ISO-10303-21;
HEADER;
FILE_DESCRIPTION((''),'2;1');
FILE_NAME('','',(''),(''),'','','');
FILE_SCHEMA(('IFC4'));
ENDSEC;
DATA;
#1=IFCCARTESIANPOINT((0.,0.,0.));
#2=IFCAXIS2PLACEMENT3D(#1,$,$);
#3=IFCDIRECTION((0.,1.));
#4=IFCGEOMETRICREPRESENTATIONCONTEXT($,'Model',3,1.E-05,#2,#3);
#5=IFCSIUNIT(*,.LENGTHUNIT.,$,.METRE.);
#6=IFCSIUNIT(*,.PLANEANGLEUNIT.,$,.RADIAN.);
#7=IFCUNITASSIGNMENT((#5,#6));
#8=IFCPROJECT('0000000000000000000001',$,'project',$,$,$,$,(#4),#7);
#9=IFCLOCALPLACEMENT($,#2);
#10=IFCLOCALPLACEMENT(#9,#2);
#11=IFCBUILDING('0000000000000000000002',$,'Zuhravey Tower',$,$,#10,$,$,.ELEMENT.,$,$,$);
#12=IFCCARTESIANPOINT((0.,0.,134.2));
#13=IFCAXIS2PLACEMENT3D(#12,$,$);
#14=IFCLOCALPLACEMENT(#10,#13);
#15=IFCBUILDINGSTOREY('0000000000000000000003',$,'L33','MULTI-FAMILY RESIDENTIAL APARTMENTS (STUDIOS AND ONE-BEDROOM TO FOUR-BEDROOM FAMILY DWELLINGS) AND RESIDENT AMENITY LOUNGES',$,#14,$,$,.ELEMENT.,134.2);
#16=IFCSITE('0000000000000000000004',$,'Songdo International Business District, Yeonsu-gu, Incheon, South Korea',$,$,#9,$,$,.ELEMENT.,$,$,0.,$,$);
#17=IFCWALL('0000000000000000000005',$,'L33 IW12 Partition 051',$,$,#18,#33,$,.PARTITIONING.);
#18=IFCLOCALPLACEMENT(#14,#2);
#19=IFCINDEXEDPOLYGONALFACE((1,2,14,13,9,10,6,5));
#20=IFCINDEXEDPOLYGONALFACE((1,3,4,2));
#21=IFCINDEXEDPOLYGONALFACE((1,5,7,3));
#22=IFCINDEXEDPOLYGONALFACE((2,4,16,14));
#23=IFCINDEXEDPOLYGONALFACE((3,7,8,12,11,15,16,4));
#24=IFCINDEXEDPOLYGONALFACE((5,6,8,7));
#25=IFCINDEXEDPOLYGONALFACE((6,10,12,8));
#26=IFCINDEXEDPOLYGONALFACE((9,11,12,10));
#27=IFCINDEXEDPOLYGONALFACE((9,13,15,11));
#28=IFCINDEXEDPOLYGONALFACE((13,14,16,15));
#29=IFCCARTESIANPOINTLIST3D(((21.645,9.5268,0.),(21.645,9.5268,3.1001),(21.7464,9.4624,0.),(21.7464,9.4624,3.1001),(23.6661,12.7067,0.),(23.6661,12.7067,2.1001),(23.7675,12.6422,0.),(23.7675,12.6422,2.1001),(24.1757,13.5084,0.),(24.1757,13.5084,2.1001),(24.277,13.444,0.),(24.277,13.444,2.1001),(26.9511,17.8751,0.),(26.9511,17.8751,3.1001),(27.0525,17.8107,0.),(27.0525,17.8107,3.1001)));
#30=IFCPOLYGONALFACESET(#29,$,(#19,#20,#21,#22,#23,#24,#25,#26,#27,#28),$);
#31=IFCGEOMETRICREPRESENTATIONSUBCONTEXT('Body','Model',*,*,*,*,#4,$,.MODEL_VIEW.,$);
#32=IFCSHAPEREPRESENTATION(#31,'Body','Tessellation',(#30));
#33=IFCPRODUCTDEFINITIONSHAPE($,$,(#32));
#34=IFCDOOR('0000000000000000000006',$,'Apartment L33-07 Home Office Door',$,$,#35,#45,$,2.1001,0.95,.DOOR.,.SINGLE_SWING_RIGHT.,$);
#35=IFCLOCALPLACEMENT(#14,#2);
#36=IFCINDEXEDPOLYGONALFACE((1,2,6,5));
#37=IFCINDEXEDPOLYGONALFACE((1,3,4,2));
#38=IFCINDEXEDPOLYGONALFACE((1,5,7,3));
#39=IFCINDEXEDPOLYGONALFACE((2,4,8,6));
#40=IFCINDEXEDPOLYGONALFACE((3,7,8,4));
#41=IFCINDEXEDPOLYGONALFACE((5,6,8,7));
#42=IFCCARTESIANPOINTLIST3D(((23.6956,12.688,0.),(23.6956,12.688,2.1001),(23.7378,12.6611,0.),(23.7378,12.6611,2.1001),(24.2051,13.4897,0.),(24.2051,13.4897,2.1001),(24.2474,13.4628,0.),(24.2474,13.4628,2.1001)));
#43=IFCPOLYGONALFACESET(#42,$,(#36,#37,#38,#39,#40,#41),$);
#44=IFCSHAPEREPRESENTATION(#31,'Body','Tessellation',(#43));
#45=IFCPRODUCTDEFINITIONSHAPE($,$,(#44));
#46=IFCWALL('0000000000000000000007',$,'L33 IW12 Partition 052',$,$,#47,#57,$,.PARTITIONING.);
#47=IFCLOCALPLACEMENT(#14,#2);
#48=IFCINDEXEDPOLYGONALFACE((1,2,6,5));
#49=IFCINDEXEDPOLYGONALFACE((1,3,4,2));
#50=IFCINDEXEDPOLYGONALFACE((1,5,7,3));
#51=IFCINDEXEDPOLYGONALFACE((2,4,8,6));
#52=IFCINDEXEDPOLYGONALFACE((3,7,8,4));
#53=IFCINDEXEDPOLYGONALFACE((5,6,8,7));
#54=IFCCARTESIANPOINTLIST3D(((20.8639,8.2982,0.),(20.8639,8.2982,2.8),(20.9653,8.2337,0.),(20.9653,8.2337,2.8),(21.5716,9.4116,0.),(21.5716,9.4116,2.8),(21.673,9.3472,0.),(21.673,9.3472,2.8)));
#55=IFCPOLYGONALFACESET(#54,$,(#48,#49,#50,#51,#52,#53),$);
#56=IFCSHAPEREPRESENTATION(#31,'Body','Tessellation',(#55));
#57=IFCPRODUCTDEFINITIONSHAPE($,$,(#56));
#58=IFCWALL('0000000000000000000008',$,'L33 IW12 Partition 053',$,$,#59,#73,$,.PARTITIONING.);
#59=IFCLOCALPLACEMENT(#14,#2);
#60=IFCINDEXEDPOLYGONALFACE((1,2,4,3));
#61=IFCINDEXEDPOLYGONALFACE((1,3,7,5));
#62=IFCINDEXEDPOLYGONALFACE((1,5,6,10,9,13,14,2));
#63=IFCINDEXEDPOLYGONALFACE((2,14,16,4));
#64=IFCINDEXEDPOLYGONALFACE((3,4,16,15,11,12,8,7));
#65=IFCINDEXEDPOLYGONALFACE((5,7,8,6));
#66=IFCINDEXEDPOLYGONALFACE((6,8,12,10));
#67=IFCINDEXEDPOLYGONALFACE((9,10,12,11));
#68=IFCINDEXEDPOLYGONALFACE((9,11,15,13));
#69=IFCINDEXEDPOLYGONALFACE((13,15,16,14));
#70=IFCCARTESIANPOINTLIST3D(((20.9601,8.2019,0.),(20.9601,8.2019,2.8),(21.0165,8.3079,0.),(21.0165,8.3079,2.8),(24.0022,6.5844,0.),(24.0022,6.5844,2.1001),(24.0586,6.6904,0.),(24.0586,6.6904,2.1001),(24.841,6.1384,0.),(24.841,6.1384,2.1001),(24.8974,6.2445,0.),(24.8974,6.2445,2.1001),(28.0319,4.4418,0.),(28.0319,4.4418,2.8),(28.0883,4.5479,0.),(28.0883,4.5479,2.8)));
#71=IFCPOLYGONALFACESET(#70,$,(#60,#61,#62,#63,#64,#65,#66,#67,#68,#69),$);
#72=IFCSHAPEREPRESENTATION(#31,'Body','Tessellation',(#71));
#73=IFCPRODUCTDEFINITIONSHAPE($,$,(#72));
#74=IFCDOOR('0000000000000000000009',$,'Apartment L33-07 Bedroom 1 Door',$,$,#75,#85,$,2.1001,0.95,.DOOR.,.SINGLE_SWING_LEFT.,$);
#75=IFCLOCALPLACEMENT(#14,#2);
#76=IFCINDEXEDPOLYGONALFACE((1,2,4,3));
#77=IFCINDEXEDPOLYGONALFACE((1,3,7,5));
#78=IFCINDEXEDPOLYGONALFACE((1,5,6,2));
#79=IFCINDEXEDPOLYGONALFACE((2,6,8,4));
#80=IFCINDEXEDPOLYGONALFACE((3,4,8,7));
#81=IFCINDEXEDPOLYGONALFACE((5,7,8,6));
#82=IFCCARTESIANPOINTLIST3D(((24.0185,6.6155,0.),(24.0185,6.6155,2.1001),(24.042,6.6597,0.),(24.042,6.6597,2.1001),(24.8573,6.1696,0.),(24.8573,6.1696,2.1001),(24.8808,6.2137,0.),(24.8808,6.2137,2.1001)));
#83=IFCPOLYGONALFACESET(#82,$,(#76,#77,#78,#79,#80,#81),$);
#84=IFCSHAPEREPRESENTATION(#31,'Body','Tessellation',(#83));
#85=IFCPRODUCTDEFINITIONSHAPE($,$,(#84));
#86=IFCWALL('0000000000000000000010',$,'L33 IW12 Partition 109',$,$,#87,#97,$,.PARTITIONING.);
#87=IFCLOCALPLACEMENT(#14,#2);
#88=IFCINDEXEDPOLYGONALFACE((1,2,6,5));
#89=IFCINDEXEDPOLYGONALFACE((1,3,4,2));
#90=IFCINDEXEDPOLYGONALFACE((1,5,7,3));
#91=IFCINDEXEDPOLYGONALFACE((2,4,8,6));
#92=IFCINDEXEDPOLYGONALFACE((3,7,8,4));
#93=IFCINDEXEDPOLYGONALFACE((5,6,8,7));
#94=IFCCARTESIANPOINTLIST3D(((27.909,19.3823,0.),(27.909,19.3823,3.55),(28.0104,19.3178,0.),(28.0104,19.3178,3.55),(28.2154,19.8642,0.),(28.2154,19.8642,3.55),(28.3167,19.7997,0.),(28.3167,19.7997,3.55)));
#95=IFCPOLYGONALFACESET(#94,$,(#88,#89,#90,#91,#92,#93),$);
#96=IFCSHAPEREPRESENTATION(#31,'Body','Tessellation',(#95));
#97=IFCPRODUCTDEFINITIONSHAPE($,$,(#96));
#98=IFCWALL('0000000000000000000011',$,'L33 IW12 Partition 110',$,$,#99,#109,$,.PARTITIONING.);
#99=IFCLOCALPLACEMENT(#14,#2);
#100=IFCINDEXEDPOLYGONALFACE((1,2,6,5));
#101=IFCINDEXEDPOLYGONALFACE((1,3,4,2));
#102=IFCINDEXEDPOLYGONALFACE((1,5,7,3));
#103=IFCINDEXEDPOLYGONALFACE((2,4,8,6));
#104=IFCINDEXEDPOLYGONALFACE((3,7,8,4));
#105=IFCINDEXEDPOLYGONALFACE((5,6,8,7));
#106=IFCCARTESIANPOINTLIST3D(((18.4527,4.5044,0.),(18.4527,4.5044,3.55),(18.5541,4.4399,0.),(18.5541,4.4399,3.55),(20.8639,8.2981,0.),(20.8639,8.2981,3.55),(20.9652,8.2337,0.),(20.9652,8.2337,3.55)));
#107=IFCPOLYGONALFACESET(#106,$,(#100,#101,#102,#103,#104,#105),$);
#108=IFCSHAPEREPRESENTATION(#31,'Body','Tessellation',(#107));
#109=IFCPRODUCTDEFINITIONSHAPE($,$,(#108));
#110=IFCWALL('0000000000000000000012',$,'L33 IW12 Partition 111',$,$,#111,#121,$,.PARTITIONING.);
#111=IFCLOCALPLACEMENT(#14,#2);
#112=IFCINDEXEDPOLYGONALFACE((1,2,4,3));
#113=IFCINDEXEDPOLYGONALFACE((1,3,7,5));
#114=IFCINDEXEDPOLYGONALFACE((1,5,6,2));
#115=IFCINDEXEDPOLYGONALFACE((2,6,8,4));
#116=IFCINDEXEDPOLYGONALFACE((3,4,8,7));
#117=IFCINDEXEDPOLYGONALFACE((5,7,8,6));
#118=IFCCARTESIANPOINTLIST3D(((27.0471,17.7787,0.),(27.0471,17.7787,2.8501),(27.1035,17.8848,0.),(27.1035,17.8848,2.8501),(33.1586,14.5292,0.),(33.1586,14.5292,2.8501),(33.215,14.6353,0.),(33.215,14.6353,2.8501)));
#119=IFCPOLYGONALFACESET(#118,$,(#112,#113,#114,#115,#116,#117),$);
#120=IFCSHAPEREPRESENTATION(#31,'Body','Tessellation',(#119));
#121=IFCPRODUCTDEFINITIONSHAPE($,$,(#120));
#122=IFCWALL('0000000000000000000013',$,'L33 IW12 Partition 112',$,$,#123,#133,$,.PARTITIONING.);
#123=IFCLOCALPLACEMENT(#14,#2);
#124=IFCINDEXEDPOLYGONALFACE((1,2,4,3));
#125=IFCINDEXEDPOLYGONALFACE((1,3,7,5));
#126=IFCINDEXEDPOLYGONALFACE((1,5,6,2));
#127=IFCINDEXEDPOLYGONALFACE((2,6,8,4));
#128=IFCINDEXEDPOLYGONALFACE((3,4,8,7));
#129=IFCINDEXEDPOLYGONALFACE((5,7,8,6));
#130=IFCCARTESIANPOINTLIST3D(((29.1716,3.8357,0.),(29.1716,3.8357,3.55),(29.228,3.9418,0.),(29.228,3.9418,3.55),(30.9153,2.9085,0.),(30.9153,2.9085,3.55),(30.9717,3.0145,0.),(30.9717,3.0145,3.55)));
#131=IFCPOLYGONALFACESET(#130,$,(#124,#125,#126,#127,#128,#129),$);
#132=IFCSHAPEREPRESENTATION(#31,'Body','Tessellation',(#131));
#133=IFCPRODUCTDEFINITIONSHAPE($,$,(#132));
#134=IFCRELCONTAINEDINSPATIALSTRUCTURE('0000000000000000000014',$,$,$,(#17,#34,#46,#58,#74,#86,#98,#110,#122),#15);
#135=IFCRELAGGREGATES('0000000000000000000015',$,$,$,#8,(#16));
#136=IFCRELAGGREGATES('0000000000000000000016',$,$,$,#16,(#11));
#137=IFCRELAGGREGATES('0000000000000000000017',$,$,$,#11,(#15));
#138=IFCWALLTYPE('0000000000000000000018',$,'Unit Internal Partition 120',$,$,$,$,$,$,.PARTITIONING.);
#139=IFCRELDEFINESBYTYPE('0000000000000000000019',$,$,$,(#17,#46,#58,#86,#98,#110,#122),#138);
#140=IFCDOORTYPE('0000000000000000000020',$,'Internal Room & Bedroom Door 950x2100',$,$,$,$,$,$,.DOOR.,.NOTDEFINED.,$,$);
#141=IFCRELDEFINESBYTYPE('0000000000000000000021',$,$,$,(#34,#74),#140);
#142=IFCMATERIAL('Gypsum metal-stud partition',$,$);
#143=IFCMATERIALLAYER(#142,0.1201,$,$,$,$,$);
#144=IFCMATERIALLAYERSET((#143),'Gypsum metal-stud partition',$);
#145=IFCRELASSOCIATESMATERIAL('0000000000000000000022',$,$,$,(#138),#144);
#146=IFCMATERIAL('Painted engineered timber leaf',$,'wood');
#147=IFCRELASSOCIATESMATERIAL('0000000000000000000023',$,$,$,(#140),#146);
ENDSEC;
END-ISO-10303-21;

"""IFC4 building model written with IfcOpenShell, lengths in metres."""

from ifc_helpers import new_model, si_unit, direction, frame, frame_2d, origin, place, context, subcontext, project, spatial, rectangle, extrude, material, layer, layer_set, type_object, element, fill, save


model = new_model("IFC4")

# Units and contexts
model_context = context("Model", 3, precision=1e-05, world=origin(), true_north=direction((0.0, 1.0)))
body_context = subcontext(model_context, "Body", "Model", "MODEL_VIEW")
ifc_project = project(units=[si_unit("LENGTHUNIT", "METRE"), si_unit("PLANEANGLEUNIT", "RADIAN")], contexts=[model_context])

# Site, building, storey
site_placement = place(None, origin())
site = spatial("IfcSite", under=ifc_project, at=site_placement, Name="Songdo International Business District, Yeonsu-gu, Incheon, South Korea", CompositionType="ELEMENT", RefElevation=0.0)
building_placement = place(site_placement, origin())
building = spatial("IfcBuilding", under=site, at=building_placement, Name="Zuhravey Tower", CompositionType="ELEMENT")
storey_placement = place(building_placement, frame((0.0, 0.0, 134.2)))
storey = spatial("IfcBuildingStorey", under=building, at=storey_placement, Name="L33", Description="MULTI-FAMILY RESIDENTIAL APARTMENTS (STUDIOS AND ONE-BEDROOM TO FOUR-BEDROOM FAMILY DWELLINGS) AND RESIDENT AMENITY LOUNGES", CompositionType="ELEMENT", Elevation=134.2)

# Wall, opening, door
ifc_material_1 = material(Name="Gypsum metal-stud partition")
ifc_layer_1 = layer(ifc_material_1, 0.1201)
ifc_layer_set_1 = layer_set([ifc_layer_1], Name="Gypsum metal-stud partition")
wall_type_1 = type_object("IfcWallType", Name="Unit Internal Partition 120", PredefinedType="PARTITIONING", material=ifc_layer_set_1)
wall_1_placement = place(storey_placement, frame((27.0017, 17.8428, 0.0), z_axis=(0.0, 0.0, 1.0), x_axis=(-0.536411, -0.843957, 0.0)))
wall_1 = element("IfcWall", 1, at=wall_1_placement, inside=storey, type_object=wall_type_1, Name="L33 IW12 Partition 051", PredefinedType="PARTITIONING", context=body_context, shape_type="SweptSolid", body=[
    extrude(rectangle(XDim=9.8918, YDim=0.1201, at=frame_2d((4.9458, 0.0))), origin(), (0.0, 0.0, 1.0), 3.1001),
])
opening_1_placement = place(wall_1_placement, frame((5.1738, 0.0, 0.0)))
opening_1 = element("IfcOpeningElement", 2, at=opening_1_placement, cuts=wall_1, PredefinedType="OPENING", context=body_context, shape_type="SweptSolid", body=[
    extrude(rectangle(XDim=0.95, YDim=2.1001, at=frame_2d((0.4751, 1.05))), frame((0.0, 0.072, 0.0), z_axis=(0.0, -1.0, 0.0), x_axis=(1.0, 0.0, 0.0)), (0.0, 0.0, 1.0), 0.144),
])
ifc_material_2 = material(Name="Painted engineered timber leaf", Category="wood")
door_type_1 = type_object("IfcDoorType", Name="Internal Room & Bedroom Door 950x2100", OperationType="NOTDEFINED", PredefinedType="DOOR", material=ifc_material_2)
door_1_placement = place(opening_1_placement, origin())
door_1 = element("IfcDoor", 3, at=door_1_placement, inside=storey, type_object=door_type_1, Name="Apartment L33-07 Home Office Door", OperationType="SINGLE_SWING_RIGHT", OverallHeight=2.1001, OverallWidth=0.95, PredefinedType="DOOR", context=body_context, shape_type="SweptSolid", body=[
    extrude(rectangle(XDim=0.95, YDim=2.1001, at=frame_2d((0.4751, 1.05))), frame((0.0, 0.0249, 0.0), z_axis=(0.0, -1.0, 0.0), x_axis=(1.0, 0.0, 0.0)), (0.0, 0.0, 1.0), 0.05),
])
fill(opening_1, door_1)

# Wall
wall_2_placement = place(storey_placement, frame((21.6223, 9.3794, 0.0), z_axis=(0.0, 0.0, 1.0), x_axis=(-0.53642, -0.843951, 0.0)))
element("IfcWall", 4, at=wall_2_placement, inside=storey, type_object=wall_type_1, Name="L33 IW12 Partition 052", PredefinedType="PARTITIONING", context=body_context, shape_type="SweptSolid", body=[
    extrude(rectangle(XDim=1.3193, YDim=0.1201, at=frame_2d((0.6597, 0.0))), origin(), (0.0, 0.0, 1.0), 2.8),
])

# Wall, opening, door
wall_3_placement = place(storey_placement, frame((20.9883, 8.2549, 0.0), z_axis=(0.0, 0.0, 1.0), x_axis=(0.882954, -0.46946, 0.0)))
wall_3 = element("IfcWall", 5, at=wall_3_placement, inside=storey, type_object=wall_type_1, Name="L33 IW12 Partition 053", PredefinedType="PARTITIONING", context=body_context, shape_type="SweptSolid", body=[
    extrude(rectangle(XDim=8.0093, YDim=0.1201, at=frame_2d((4.0046, 0.0))), origin(), (0.0, 0.0, 1.0), 2.8),
])
opening_2_placement = place(wall_3_placement, frame((3.4453, 0.0, 0.0)))
opening_2 = element("IfcOpeningElement", 6, at=opening_2_placement, cuts=wall_3, PredefinedType="OPENING", context=body_context, shape_type="SweptSolid", body=[
    extrude(rectangle(XDim=0.95, YDim=2.1001, at=frame_2d((0.4751, 1.05))), frame((0.0, 0.072, 0.0), z_axis=(0.0, -1.0, 0.0), x_axis=(1.0, 0.0, 0.0)), (0.0, 0.0, 1.0), 0.144),
])
door_2_placement = place(opening_2_placement, frame((0.95, 0.0, 0.0), z_axis=(0.0, 0.0, 1.0), x_axis=(-1.0, 0.0, 0.0)))
door_2 = element("IfcDoor", 7, at=door_2_placement, inside=storey, type_object=door_type_1, Name="Apartment L33-07 Bedroom 1 Door", OperationType="SINGLE_SWING_LEFT", OverallHeight=2.1001, OverallWidth=0.95, PredefinedType="DOOR", context=body_context, shape_type="SweptSolid", body=[
    extrude(rectangle(XDim=0.95, YDim=2.1001, at=frame_2d((0.4751, 1.05))), frame((0.0, 0.0249, 0.0), z_axis=(0.0, -1.0, 0.0), x_axis=(1.0, 0.0, 0.0)), (0.0, 0.0, 1.0), 0.05),
])
fill(opening_2, door_2)

# Walls
wall_4_placement = place(storey_placement, frame((28.2661, 19.832, 0.0), z_axis=(0.0, 0.0, 1.0), x_axis=(-0.536516, -0.84389, 0.0)))
element("IfcWall", 8, at=wall_4_placement, inside=storey, type_object=wall_type_1, Name="L33 IW12 Partition 109", PredefinedType="PARTITIONING", context=body_context, shape_type="SweptSolid", body=[
    extrude(rectangle(XDim=0.571, YDim=0.1201, at=frame_2d((0.2856, 0.0))), origin(), (0.0, 0.0, 1.0), 3.55),
])
wall_5_placement = place(storey_placement, frame((20.9146, 8.2659, 0.0), z_axis=(0.0, 0.0, 1.0), x_axis=(-0.536394, -0.843968, 0.0)))
element("IfcWall", 9, at=wall_5_placement, inside=storey, type_object=wall_type_1, Name="L33 IW12 Partition 110", PredefinedType="PARTITIONING", context=body_context, shape_type="SweptSolid", body=[
    extrude(rectangle(XDim=4.4951, YDim=0.1201, at=frame_2d((2.2476, 0.0))), origin(), (0.0, 0.0, 1.0), 3.55),
])
wall_6_placement = place(storey_placement, frame((27.0752, 17.8318, 0.0), z_axis=(0.0, 0.0, 1.0), x_axis=(0.882952, -0.469464, 0.0)))
element("IfcWall", 10, at=wall_6_placement, inside=storey, type_object=wall_type_1, Name="L33 IW12 Partition 111", PredefinedType="PARTITIONING", context=body_context, shape_type="SweptSolid", body=[
    extrude(rectangle(XDim=6.9216, YDim=0.1201, at=frame_2d((3.4609, 0.0))), origin(), (0.0, 0.0, 1.0), 2.8501),
])
wall_7_placement = place(storey_placement, frame((29.2, 3.8887, 0.0), z_axis=(0.0, 0.0, 1.0), x_axis=(0.88292, -0.469523, 0.0)))
element("IfcWall", 11, at=wall_7_placement, inside=storey, type_object=wall_type_1, Name="L33 IW12 Partition 112", PredefinedType="PARTITIONING", context=body_context, shape_type="SweptSolid", body=[
    extrude(rectangle(XDim=1.9749, YDim=0.1201, at=frame_2d((0.9873, 0.0))), origin(), (0.0, 0.0, 1.0), 3.55),
])

save(model, "model.ifc")
